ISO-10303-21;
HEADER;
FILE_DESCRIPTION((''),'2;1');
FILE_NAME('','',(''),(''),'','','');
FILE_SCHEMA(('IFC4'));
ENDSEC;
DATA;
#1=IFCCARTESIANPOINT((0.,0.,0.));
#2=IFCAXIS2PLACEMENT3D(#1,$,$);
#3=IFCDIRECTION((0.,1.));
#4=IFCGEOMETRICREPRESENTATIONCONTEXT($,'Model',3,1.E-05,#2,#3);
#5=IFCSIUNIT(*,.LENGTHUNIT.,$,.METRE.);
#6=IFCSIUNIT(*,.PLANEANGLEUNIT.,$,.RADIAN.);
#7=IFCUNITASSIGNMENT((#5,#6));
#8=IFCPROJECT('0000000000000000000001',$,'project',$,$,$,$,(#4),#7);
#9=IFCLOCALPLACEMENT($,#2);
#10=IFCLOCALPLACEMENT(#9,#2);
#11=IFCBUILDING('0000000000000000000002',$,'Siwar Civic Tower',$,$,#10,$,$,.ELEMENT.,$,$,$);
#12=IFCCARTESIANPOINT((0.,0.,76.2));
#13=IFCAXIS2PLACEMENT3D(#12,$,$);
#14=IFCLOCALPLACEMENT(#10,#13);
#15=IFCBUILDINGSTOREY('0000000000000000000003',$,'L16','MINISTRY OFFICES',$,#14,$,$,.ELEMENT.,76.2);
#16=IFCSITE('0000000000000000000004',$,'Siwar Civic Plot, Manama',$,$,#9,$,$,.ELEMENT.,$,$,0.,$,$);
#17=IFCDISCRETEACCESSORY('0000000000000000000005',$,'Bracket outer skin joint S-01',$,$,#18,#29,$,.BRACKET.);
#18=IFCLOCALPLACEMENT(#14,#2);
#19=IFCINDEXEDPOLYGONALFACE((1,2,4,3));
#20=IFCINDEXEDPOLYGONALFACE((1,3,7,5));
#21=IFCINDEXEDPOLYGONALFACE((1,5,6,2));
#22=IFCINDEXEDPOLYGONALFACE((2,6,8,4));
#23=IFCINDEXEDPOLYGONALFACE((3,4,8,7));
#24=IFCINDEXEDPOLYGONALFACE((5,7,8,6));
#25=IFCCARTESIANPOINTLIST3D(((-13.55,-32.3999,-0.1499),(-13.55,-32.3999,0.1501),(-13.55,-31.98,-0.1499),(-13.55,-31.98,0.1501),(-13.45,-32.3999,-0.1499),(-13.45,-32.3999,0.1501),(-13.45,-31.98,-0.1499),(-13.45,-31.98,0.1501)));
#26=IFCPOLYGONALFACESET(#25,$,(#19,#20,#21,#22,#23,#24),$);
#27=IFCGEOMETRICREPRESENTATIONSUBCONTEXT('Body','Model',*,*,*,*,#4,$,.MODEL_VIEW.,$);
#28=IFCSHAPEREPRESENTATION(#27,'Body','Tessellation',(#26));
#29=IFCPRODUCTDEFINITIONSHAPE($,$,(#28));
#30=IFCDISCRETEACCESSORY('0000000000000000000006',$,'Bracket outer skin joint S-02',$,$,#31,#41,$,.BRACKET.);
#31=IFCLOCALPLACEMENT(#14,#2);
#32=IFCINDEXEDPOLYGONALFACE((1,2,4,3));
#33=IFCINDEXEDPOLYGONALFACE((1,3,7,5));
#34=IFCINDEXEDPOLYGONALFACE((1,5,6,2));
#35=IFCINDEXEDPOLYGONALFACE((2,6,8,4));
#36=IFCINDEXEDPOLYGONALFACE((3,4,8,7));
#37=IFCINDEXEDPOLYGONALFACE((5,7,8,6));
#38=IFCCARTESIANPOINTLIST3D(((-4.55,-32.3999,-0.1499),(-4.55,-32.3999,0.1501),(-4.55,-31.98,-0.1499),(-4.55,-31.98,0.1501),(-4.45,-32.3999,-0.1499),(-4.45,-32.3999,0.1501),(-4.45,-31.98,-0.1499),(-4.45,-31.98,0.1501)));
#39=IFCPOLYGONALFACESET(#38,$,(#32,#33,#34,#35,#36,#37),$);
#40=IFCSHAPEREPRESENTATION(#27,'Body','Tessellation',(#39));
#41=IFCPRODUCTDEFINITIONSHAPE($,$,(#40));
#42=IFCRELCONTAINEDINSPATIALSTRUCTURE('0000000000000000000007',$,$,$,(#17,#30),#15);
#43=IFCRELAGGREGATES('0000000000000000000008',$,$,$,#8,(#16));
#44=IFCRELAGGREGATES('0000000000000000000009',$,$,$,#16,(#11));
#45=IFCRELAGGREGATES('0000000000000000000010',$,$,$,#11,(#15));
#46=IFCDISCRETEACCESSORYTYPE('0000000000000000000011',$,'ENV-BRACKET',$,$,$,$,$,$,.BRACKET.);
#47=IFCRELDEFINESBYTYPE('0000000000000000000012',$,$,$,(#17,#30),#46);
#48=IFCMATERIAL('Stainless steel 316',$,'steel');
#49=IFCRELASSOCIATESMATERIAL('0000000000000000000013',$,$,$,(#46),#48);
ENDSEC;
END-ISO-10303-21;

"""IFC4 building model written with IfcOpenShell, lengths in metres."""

from ifc_helpers import new_model, si_unit, direction, frame, origin, origin_2d, place, context, subcontext, project, spatial, rectangle, extrude, material, type_object, element, save


model = new_model("IFC4")

# Units and contexts
model_context = context("Model", 3, precision=1e-05, world=origin(), true_north=direction((0.0, 1.0)))
body_context = subcontext(model_context, "Body", "Model", "MODEL_VIEW")
ifc_project = project(units=[si_unit("LENGTHUNIT", "METRE"), si_unit("PLANEANGLEUNIT", "RADIAN")], contexts=[model_context])

# Site, building, storey
site_placement = place(None, origin())
site = spatial("IfcSite", under=ifc_project, at=site_placement, Name="Siwar Civic Plot, Manama", CompositionType="ELEMENT", RefElevation=0.0)
building_placement = place(site_placement, origin())
building = spatial("IfcBuilding", under=site, at=building_placement, Name="Siwar Civic Tower", CompositionType="ELEMENT")
storey_placement = place(building_placement, frame((0.0, 0.0, 76.2)))
storey = spatial("IfcBuildingStorey", under=building, at=storey_placement, Name="L16", Description="MINISTRY OFFICES", CompositionType="ELEMENT", Elevation=76.2)

# Discrete accessories
ifc_material_1 = material(Name="Stainless steel 316", Category="steel")
discrete_accessory_type = type_object("IfcDiscreteAccessoryType", Name="ENV-BRACKET", PredefinedType="BRACKET", material=ifc_material_1)
for number, where, z_axis, x_axis, name in (
    (1, (-13.5, -32.1899, -0.1499), (0.0, 0.0, 1.0), (0.0, -1.0, 0.0), "Bracket outer skin joint S-01"),
    (2, (-4.5, -32.1899, -0.1499), (0.0, 0.0, 1.0), (0.0, -1.0, 0.0), "Bracket outer skin joint S-02"),
):
    element("IfcDiscreteAccessory", number, at=place(storey_placement, frame(where, z_axis=z_axis, x_axis=x_axis)), inside=storey, type_object=discrete_accessory_type, Name=name, PredefinedType="BRACKET", context=body_context, shape_type="SweptSolid", body=[
        extrude(rectangle(XDim=0.4199, YDim=0.1001, at=origin_2d()), origin(), (0.0, 0.0, 1.0), 0.3),
    ])

save(model, "model.ifc")
